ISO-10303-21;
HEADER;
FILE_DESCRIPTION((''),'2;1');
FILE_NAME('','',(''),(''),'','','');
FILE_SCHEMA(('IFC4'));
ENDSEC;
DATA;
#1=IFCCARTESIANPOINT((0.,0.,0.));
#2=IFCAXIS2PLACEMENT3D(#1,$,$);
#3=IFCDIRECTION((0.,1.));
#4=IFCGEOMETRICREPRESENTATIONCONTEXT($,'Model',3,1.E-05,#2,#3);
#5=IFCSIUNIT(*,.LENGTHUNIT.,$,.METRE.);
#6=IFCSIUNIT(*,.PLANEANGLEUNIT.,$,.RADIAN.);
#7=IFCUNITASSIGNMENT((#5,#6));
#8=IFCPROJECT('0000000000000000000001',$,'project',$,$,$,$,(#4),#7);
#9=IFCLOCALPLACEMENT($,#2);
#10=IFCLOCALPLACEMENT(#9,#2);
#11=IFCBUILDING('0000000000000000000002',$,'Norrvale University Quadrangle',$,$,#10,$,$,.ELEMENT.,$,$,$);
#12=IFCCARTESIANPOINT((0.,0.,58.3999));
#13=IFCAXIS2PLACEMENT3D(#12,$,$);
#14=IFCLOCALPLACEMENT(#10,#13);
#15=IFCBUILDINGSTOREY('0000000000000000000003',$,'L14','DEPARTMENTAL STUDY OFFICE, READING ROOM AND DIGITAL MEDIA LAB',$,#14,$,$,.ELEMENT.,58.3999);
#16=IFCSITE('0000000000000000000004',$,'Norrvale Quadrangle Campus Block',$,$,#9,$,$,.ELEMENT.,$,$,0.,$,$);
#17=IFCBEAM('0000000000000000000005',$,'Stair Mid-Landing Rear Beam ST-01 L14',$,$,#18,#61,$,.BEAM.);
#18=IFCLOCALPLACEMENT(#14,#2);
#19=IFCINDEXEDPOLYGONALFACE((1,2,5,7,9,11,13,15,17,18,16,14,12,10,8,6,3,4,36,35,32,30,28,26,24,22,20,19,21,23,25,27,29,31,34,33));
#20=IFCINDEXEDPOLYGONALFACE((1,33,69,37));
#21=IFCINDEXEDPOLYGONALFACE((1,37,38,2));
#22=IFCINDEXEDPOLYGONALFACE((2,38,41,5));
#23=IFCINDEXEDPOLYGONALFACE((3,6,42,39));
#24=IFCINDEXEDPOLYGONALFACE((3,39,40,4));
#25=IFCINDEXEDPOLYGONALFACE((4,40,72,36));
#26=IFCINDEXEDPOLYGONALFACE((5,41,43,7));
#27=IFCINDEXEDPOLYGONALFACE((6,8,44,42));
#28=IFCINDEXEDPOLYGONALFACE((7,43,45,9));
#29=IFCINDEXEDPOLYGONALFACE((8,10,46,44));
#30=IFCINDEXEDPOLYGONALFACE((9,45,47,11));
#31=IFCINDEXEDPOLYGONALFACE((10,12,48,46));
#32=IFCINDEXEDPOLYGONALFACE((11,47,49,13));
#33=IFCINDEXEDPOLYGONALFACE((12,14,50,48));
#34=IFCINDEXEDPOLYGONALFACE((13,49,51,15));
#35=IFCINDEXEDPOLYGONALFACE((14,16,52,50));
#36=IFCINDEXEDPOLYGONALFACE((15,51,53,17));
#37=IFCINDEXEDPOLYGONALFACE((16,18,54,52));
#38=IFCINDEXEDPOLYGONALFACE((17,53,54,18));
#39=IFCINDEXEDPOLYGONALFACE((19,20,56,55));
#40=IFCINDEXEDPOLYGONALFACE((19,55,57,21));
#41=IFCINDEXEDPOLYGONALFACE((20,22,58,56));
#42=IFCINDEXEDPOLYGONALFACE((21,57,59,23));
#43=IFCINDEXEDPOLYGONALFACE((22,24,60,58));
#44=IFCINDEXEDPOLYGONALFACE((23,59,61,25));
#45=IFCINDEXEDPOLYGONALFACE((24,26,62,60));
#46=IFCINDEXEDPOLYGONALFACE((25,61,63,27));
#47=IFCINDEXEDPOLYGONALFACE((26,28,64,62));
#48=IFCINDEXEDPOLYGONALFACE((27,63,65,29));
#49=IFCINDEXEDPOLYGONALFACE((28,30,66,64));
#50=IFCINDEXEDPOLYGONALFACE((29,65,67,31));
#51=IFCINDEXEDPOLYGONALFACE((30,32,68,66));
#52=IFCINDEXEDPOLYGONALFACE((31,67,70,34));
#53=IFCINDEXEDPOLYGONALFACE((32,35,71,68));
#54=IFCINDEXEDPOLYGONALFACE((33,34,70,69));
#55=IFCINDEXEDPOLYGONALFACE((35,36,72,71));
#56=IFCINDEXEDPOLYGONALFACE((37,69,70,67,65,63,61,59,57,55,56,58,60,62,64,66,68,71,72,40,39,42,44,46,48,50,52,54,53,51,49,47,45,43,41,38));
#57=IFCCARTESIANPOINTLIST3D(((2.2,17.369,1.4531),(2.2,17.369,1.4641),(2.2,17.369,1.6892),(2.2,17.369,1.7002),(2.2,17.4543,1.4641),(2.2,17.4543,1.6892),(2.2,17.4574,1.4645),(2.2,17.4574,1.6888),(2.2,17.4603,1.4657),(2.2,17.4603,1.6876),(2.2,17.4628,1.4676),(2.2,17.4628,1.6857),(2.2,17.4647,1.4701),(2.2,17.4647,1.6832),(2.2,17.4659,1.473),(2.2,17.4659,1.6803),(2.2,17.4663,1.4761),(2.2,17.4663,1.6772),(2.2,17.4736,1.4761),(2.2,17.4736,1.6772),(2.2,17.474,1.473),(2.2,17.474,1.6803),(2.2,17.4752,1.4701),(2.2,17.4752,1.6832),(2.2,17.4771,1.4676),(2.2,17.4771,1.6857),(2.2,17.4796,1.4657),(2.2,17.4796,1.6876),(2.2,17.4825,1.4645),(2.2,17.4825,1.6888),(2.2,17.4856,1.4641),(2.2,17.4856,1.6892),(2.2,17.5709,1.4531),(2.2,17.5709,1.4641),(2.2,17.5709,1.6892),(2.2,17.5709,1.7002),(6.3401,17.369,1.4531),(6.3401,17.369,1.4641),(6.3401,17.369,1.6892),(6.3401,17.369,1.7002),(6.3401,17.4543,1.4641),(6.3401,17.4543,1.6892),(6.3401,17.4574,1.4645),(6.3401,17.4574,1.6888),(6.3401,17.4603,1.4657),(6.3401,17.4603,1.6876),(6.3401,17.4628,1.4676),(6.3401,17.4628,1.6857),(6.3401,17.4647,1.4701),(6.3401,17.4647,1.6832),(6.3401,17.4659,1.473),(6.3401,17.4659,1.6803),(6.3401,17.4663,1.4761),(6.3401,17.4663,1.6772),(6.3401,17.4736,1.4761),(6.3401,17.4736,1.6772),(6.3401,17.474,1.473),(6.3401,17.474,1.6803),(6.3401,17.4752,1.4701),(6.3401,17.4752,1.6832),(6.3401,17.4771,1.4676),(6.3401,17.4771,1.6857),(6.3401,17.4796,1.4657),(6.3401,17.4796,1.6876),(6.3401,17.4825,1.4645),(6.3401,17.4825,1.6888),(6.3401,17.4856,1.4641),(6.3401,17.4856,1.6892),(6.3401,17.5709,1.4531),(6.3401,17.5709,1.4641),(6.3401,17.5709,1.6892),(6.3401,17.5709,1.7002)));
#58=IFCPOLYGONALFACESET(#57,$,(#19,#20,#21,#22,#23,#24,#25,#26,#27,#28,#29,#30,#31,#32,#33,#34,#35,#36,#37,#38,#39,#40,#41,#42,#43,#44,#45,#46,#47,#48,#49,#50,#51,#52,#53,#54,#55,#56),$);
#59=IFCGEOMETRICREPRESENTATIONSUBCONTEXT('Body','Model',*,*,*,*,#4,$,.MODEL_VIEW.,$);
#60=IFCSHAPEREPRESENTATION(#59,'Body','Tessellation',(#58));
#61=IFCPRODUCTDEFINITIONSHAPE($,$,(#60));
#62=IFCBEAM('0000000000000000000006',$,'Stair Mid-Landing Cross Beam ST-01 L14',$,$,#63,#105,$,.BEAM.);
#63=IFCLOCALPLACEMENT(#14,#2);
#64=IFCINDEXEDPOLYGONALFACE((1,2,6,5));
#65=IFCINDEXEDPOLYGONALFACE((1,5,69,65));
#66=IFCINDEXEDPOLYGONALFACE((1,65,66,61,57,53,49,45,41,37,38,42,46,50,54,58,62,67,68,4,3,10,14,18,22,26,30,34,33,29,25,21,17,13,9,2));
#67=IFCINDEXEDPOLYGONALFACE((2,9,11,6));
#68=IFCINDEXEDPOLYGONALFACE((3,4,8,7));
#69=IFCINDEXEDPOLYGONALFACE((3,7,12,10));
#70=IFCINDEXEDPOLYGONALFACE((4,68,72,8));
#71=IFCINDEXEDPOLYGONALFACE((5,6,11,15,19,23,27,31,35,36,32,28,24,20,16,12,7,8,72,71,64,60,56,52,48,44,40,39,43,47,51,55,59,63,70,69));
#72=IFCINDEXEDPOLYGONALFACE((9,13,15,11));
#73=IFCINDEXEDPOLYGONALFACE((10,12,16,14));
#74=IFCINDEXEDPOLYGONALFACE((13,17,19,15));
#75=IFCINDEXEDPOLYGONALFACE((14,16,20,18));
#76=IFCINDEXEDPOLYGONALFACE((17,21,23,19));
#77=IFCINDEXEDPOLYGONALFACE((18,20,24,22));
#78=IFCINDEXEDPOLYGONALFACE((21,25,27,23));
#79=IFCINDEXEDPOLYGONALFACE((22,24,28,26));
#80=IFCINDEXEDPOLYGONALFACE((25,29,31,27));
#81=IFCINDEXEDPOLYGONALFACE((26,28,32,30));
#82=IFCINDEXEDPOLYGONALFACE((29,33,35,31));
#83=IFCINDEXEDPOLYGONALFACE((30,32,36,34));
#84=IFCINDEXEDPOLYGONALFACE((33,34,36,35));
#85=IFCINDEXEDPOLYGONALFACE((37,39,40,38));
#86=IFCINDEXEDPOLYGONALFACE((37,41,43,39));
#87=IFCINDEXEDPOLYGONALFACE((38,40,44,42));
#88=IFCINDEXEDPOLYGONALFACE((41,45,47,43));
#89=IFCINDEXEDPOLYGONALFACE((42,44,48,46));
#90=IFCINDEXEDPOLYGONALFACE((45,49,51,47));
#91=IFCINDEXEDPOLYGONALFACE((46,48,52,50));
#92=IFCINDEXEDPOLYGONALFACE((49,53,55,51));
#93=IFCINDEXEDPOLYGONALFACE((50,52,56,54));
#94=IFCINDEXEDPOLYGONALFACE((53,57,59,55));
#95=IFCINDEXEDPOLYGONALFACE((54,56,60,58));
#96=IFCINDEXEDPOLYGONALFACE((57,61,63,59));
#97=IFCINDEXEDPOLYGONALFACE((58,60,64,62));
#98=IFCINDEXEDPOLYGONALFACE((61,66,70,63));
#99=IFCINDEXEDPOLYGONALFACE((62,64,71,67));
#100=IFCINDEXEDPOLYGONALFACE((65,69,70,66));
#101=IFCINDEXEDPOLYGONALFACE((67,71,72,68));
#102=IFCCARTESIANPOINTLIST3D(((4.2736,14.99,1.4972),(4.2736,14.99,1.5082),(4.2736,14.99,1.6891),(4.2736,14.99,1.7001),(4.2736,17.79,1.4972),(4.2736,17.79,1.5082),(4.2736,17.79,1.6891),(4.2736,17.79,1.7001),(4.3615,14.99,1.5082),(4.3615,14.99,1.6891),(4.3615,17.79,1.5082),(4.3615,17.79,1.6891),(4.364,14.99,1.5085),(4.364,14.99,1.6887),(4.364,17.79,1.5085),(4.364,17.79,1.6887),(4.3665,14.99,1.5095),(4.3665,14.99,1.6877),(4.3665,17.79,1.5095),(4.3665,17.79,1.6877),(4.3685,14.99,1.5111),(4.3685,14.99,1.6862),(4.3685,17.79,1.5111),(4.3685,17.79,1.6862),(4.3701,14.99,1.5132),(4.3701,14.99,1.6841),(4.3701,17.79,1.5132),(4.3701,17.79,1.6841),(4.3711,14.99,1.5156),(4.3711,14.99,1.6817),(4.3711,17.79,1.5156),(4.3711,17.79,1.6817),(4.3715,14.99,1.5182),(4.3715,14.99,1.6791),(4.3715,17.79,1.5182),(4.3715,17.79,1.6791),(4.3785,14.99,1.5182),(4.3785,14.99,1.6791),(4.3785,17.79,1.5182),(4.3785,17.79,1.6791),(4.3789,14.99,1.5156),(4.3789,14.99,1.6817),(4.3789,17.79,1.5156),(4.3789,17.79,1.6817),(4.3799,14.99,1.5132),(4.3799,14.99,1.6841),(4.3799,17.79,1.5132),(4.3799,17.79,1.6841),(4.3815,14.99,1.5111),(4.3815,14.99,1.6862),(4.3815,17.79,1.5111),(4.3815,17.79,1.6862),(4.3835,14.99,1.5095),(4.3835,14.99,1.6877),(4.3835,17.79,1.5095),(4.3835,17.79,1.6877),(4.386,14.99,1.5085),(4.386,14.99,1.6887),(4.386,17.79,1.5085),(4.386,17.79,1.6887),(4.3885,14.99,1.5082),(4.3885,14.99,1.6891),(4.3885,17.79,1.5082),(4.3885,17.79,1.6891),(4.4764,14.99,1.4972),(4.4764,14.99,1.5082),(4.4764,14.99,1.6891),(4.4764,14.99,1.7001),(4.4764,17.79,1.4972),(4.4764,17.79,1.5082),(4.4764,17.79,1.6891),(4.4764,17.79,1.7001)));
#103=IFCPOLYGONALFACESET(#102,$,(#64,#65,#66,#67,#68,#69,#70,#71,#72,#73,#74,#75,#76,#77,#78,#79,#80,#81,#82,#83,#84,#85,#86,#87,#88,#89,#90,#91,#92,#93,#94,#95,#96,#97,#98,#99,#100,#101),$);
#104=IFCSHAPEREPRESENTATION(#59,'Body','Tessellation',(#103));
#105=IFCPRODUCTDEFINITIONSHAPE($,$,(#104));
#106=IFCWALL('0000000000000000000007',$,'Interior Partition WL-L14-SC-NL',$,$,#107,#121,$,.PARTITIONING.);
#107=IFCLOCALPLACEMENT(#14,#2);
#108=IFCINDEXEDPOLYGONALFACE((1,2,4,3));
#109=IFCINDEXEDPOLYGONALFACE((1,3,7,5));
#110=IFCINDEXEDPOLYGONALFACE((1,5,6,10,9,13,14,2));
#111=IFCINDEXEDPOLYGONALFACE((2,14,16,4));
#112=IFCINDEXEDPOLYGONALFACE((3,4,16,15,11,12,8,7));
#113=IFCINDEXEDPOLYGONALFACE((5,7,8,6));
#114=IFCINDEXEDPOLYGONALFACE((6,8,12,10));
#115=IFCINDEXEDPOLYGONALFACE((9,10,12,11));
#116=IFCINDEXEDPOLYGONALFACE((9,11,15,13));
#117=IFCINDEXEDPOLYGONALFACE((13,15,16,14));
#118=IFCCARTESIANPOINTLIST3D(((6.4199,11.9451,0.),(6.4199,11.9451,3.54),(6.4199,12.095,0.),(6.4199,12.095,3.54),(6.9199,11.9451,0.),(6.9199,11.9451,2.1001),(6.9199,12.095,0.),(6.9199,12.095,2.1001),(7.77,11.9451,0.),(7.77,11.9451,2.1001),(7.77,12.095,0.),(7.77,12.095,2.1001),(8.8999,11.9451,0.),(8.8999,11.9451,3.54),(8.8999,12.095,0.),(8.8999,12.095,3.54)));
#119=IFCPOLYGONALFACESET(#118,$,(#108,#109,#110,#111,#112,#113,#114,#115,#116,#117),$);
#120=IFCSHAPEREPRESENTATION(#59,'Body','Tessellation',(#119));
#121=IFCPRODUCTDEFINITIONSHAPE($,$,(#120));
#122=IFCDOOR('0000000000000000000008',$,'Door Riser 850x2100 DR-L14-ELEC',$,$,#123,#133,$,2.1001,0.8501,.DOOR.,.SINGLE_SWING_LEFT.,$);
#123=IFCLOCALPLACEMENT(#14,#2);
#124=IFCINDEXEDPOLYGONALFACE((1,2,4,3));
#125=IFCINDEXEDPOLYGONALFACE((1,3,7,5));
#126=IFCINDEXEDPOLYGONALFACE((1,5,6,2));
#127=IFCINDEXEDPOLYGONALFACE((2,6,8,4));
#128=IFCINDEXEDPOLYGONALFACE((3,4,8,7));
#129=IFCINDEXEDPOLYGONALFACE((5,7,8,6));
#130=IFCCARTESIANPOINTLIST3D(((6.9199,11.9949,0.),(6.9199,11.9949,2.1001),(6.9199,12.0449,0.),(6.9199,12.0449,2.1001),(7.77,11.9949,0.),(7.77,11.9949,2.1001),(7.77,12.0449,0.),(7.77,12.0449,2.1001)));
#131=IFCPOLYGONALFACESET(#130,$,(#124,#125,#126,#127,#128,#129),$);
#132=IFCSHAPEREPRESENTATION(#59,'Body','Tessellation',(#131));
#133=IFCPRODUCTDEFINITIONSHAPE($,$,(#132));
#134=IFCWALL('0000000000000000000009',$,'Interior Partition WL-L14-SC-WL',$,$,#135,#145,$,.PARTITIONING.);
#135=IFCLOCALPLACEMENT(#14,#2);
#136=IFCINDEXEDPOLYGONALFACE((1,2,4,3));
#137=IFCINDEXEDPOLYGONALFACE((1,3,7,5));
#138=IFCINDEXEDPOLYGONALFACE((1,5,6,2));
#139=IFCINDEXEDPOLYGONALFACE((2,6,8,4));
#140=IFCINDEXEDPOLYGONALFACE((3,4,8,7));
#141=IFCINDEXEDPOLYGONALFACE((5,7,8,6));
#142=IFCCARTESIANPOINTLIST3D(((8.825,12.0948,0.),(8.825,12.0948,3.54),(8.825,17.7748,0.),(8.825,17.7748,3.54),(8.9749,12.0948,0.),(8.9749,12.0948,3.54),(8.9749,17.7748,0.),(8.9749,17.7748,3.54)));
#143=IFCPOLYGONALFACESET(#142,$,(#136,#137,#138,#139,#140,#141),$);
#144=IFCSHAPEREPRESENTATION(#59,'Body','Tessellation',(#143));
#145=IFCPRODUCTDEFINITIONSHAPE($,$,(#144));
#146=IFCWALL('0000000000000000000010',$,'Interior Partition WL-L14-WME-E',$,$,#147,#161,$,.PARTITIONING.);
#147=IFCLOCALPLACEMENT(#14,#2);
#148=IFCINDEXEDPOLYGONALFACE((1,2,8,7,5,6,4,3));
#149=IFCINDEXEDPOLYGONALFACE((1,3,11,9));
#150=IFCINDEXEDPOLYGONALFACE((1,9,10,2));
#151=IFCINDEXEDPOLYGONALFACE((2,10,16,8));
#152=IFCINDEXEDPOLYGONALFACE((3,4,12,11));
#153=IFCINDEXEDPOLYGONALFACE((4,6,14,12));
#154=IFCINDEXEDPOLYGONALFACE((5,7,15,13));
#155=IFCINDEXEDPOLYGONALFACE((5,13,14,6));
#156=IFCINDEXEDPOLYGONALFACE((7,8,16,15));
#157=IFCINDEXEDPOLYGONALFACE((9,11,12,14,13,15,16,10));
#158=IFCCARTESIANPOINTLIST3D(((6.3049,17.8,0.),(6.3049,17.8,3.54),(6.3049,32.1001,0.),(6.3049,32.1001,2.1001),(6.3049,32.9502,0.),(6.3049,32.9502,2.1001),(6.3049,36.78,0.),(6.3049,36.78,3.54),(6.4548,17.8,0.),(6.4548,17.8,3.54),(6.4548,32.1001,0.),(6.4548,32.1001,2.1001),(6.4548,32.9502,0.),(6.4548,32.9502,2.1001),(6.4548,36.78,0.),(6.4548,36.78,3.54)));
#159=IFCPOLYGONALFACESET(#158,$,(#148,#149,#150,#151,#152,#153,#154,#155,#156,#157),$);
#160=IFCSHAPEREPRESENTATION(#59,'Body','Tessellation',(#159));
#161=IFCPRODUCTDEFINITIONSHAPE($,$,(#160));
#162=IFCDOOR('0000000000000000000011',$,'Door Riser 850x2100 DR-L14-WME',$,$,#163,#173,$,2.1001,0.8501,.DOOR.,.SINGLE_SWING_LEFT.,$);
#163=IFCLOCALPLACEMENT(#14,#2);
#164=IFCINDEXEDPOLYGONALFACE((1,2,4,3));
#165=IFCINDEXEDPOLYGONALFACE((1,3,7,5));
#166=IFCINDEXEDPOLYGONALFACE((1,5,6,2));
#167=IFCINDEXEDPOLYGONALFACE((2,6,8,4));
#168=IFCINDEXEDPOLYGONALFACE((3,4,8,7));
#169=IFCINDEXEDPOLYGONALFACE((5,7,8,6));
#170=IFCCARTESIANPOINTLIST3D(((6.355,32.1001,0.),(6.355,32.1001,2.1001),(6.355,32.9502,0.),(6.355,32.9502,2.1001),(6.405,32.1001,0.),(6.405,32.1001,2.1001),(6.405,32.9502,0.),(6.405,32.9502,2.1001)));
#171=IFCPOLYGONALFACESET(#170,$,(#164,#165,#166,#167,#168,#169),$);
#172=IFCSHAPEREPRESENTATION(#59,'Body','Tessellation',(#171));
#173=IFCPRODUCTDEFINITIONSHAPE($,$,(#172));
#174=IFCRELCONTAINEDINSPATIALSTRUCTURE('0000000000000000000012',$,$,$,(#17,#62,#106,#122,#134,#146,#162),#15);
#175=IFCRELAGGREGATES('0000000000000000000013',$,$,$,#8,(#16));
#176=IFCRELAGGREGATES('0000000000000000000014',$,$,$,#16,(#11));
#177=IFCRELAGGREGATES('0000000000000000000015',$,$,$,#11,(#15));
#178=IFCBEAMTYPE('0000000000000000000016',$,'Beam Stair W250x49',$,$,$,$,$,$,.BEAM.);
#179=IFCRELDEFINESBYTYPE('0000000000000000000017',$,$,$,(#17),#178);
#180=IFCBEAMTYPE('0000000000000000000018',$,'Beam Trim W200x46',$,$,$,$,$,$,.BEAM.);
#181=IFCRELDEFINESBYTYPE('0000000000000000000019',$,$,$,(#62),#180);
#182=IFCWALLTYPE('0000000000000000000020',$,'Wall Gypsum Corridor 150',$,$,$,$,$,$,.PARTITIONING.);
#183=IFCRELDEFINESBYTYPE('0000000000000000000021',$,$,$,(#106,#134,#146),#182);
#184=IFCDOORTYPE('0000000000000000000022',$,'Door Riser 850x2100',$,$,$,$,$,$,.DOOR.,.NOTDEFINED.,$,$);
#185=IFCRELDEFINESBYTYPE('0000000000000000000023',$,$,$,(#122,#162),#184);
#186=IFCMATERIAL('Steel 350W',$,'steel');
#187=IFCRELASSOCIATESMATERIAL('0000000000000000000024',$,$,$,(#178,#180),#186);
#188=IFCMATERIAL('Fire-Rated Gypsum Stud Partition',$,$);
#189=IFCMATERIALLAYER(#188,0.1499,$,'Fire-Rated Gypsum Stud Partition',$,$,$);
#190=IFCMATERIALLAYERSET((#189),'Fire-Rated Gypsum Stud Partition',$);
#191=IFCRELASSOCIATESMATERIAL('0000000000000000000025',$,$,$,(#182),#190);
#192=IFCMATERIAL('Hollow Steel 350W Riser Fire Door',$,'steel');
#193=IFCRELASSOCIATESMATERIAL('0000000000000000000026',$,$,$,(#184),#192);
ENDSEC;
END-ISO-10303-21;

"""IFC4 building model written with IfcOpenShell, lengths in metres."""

from ifc_helpers import new_model, si_unit, direction, frame, frame_2d, origin, origin_2d, place, context, subcontext, project, spatial, rectangle, i_section, extrude, material, layer, layer_set, material_profile, profile_set, type_object, element, fill, save


model = new_model("IFC4")

# Units and contexts
model_context = context("Model", 3, precision=1e-05, world=origin(), true_north=direction((0.0, 1.0)))
body_context = subcontext(model_context, "Body", "Model", "MODEL_VIEW")
ifc_project = project(units=[si_unit("LENGTHUNIT", "METRE"), si_unit("PLANEANGLEUNIT", "RADIAN")], contexts=[model_context])

# Site, building, storey
site_placement = place(None, origin())
site = spatial("IfcSite", under=ifc_project, at=site_placement, Name="Norrvale Quadrangle Campus Block", CompositionType="ELEMENT", RefElevation=0.0)
building_placement = place(site_placement, origin())
building = spatial("IfcBuilding", under=site, at=building_placement, Name="Norrvale University Quadrangle", CompositionType="ELEMENT")
storey_placement = place(building_placement, frame((0.0, 0.0, 58.3999)))
storey = spatial("IfcBuildingStorey", under=building, at=storey_placement, Name="L14", Description="DEPARTMENTAL STUDY OFFICE, READING ROOM AND DIGITAL MEDIA LAB", CompositionType="ELEMENT", Elevation=58.3999)

# Beams
ifc_material_1 = material(Name="Steel 350W", Category="steel")
ifc_material_profile_1 = material_profile(ifc_material_1, i_section(OverallWidth=0.2019, OverallDepth=0.2471, WebThickness=0.0073, FlangeThickness=0.011, FilletRadius=0.012, at=origin_2d()), Name="Steel 350W")
ifc_profile_set_1 = profile_set([ifc_material_profile_1], Name="Steel 350W")
beam_type_1 = type_object("IfcBeamType", Name="Beam Stair W250x49", PredefinedType="BEAM", material=ifc_profile_set_1)
for number, where, z_axis, x_axis, name in (
    (1, (2.2, 17.47, 1.5767), (1.0, 0.0, 0.0), (0.0, 1.0, 0.0), "Stair Mid-Landing Rear Beam ST-01 L14"),
):
    element("IfcBeam", number, at=place(storey_placement, frame(where, z_axis=z_axis, x_axis=x_axis)), inside=storey, type_object=beam_type_1, Name=name, PredefinedType="BEAM", context=body_context, shape_type="SweptSolid", body=[
        extrude(i_section(OverallWidth=0.2019, OverallDepth=0.2471, WebThickness=0.0073, FlangeThickness=0.011, FilletRadius=0.012, at=origin_2d()), origin(), (0.0, 0.0, 1.0), 4.1401),
    ])
ifc_material_profile_2 = material_profile(ifc_material_1, i_section(OverallWidth=0.2029, OverallDepth=0.2029, WebThickness=0.0071, FlangeThickness=0.011, FilletRadius=0.01, at=origin_2d()), Name="Steel 350W")
ifc_profile_set_2 = profile_set([ifc_material_profile_2], Name="Steel 350W")
beam_type_2 = type_object("IfcBeamType", Name="Beam Trim W200x46", PredefinedType="BEAM", material=ifc_profile_set_2)
beam_1_placement = place(storey_placement, frame((4.375, 14.99, 1.5986), z_axis=(0.0, 1.0, 0.0), x_axis=(-1.0, 0.0, 0.0)))
element("IfcBeam", 2, at=beam_1_placement, inside=storey, type_object=beam_type_2, Name="Stair Mid-Landing Cross Beam ST-01 L14", PredefinedType="BEAM", context=body_context, shape_type="SweptSolid", body=[
    extrude(i_section(OverallWidth=0.2029, OverallDepth=0.2029, WebThickness=0.0071, FlangeThickness=0.011, FilletRadius=0.01, at=origin_2d()), origin(), (0.0, 0.0, 1.0), 2.8),
])

# Wall, opening, door
ifc_material_2 = material(Name="Fire-Rated Gypsum Stud Partition")
ifc_layer_1 = layer(ifc_material_2, 0.1499, Name="Fire-Rated Gypsum Stud Partition")
ifc_layer_set_1 = layer_set([ifc_layer_1], Name="Fire-Rated Gypsum Stud Partition")
wall_type_1 = type_object("IfcWallType", Name="Wall Gypsum Corridor 150", PredefinedType="PARTITIONING", material=ifc_layer_set_1)
wall_1_placement = place(storey_placement, frame((6.4199, 12.02, 0.0), z_axis=(0.0, 0.0, 1.0), x_axis=(1.0, 0.0, 0.0)))
wall_1 = element("IfcWall", 3, at=wall_1_placement, inside=storey, type_object=wall_type_1, Name="Interior Partition WL-L14-SC-NL", PredefinedType="PARTITIONING", context=body_context, shape_type="SweptSolid", body=[
    extrude(rectangle(XDim=2.48, YDim=0.1499, at=frame_2d((1.24, 0.0))), origin(), (0.0, 0.0, 1.0), 3.54),
])
opening_1_placement = place(wall_1_placement, frame((0.5, 0.0, 0.0)))
opening_1 = element("IfcOpeningElement", 4, at=opening_1_placement, cuts=wall_1, PredefinedType="OPENING", context=body_context, shape_type="SweptSolid", body=[
    extrude(rectangle(XDim=0.8501, YDim=2.1001, at=frame_2d((0.425, 1.05))), frame((0.0, 0.0869, 0.0), z_axis=(0.0, -1.0, 0.0), x_axis=(1.0, 0.0, 0.0)), (0.0, 0.0, 1.0), 0.1738),
])
ifc_material_3 = material(Name="Hollow Steel 350W Riser Fire Door", Category="steel")
door_type_1 = type_object("IfcDoorType", Name="Door Riser 850x2100", OperationType="NOTDEFINED", PredefinedType="DOOR", material=ifc_material_3)
door_1_placement = place(opening_1_placement, origin())
door_1 = element("IfcDoor", 5, at=door_1_placement, inside=storey, type_object=door_type_1, Name="Door Riser 850x2100 DR-L14-ELEC", OperationType="SINGLE_SWING_LEFT", OverallHeight=2.1001, OverallWidth=0.8501, PredefinedType="DOOR", context=body_context, shape_type="SweptSolid", body=[
    extrude(rectangle(XDim=0.8501, YDim=2.1001, at=frame_2d((0.425, 1.05))), frame((0.0, 0.0249, 0.0), z_axis=(0.0, -1.0, 0.0), x_axis=(1.0, 0.0, 0.0)), (0.0, 0.0, 1.0), 0.05),
])
fill(opening_1, door_1)

# Wall
wall_2_placement = place(storey_placement, frame((8.8999, 12.095, 0.0), z_axis=(0.0, 0.0, 1.0), x_axis=(0.0, 1.0, 0.0)))
element("IfcWall", 6, at=wall_2_placement, inside=storey, type_object=wall_type_1, Name="Interior Partition WL-L14-SC-WL", PredefinedType="PARTITIONING", context=body_context, shape_type="SweptSolid", body=[
    extrude(rectangle(XDim=5.6799, YDim=0.1499, at=frame_2d((2.8398, 0.0))), origin(), (0.0, 0.0, 1.0), 3.54),
])

# Wall, opening, door
wall_3_placement = place(storey_placement, frame((6.3799, 17.8, 0.0), z_axis=(0.0, 0.0, 1.0), x_axis=(0.0, 1.0, 0.0)))
wall_3 = element("IfcWall", 7, at=wall_3_placement, inside=storey, type_object=wall_type_1, Name="Interior Partition WL-L14-WME-E", PredefinedType="PARTITIONING", context=body_context, shape_type="SweptSolid", body=[
    extrude(rectangle(XDim=18.98, YDim=0.1499, at=frame_2d((9.49, 0.0))), origin(), (0.0, 0.0, 1.0), 3.54),
])
opening_2_placement = place(wall_3_placement, frame((14.3, 0.0, 0.0)))
opening_2 = element("IfcOpeningElement", 8, at=opening_2_placement, cuts=wall_3, PredefinedType="OPENING", context=body_context, shape_type="SweptSolid", body=[
    extrude(rectangle(XDim=0.8501, YDim=2.1001, at=frame_2d((0.425, 1.05))), frame((0.0, 0.0869, 0.0), z_axis=(0.0, -1.0, 0.0), x_axis=(1.0, 0.0, 0.0)), (0.0, 0.0, 1.0), 0.1738),
])
door_2_placement = place(opening_2_placement, origin())
door_2 = element("IfcDoor", 9, at=door_2_placement, inside=storey, type_object=door_type_1, Name="Door Riser 850x2100 DR-L14-WME", OperationType="SINGLE_SWING_LEFT", OverallHeight=2.1001, OverallWidth=0.8501, PredefinedType="DOOR", context=body_context, shape_type="SweptSolid", body=[
    extrude(rectangle(XDim=0.8501, YDim=2.1001, at=frame_2d((0.425, 1.05))), frame((0.0, 0.0249, 0.0), z_axis=(0.0, -1.0, 0.0), x_axis=(1.0, 0.0, 0.0)), (0.0, 0.0, 1.0), 0.05),
])
fill(opening_2, door_2)

save(model, "model.ifc")
